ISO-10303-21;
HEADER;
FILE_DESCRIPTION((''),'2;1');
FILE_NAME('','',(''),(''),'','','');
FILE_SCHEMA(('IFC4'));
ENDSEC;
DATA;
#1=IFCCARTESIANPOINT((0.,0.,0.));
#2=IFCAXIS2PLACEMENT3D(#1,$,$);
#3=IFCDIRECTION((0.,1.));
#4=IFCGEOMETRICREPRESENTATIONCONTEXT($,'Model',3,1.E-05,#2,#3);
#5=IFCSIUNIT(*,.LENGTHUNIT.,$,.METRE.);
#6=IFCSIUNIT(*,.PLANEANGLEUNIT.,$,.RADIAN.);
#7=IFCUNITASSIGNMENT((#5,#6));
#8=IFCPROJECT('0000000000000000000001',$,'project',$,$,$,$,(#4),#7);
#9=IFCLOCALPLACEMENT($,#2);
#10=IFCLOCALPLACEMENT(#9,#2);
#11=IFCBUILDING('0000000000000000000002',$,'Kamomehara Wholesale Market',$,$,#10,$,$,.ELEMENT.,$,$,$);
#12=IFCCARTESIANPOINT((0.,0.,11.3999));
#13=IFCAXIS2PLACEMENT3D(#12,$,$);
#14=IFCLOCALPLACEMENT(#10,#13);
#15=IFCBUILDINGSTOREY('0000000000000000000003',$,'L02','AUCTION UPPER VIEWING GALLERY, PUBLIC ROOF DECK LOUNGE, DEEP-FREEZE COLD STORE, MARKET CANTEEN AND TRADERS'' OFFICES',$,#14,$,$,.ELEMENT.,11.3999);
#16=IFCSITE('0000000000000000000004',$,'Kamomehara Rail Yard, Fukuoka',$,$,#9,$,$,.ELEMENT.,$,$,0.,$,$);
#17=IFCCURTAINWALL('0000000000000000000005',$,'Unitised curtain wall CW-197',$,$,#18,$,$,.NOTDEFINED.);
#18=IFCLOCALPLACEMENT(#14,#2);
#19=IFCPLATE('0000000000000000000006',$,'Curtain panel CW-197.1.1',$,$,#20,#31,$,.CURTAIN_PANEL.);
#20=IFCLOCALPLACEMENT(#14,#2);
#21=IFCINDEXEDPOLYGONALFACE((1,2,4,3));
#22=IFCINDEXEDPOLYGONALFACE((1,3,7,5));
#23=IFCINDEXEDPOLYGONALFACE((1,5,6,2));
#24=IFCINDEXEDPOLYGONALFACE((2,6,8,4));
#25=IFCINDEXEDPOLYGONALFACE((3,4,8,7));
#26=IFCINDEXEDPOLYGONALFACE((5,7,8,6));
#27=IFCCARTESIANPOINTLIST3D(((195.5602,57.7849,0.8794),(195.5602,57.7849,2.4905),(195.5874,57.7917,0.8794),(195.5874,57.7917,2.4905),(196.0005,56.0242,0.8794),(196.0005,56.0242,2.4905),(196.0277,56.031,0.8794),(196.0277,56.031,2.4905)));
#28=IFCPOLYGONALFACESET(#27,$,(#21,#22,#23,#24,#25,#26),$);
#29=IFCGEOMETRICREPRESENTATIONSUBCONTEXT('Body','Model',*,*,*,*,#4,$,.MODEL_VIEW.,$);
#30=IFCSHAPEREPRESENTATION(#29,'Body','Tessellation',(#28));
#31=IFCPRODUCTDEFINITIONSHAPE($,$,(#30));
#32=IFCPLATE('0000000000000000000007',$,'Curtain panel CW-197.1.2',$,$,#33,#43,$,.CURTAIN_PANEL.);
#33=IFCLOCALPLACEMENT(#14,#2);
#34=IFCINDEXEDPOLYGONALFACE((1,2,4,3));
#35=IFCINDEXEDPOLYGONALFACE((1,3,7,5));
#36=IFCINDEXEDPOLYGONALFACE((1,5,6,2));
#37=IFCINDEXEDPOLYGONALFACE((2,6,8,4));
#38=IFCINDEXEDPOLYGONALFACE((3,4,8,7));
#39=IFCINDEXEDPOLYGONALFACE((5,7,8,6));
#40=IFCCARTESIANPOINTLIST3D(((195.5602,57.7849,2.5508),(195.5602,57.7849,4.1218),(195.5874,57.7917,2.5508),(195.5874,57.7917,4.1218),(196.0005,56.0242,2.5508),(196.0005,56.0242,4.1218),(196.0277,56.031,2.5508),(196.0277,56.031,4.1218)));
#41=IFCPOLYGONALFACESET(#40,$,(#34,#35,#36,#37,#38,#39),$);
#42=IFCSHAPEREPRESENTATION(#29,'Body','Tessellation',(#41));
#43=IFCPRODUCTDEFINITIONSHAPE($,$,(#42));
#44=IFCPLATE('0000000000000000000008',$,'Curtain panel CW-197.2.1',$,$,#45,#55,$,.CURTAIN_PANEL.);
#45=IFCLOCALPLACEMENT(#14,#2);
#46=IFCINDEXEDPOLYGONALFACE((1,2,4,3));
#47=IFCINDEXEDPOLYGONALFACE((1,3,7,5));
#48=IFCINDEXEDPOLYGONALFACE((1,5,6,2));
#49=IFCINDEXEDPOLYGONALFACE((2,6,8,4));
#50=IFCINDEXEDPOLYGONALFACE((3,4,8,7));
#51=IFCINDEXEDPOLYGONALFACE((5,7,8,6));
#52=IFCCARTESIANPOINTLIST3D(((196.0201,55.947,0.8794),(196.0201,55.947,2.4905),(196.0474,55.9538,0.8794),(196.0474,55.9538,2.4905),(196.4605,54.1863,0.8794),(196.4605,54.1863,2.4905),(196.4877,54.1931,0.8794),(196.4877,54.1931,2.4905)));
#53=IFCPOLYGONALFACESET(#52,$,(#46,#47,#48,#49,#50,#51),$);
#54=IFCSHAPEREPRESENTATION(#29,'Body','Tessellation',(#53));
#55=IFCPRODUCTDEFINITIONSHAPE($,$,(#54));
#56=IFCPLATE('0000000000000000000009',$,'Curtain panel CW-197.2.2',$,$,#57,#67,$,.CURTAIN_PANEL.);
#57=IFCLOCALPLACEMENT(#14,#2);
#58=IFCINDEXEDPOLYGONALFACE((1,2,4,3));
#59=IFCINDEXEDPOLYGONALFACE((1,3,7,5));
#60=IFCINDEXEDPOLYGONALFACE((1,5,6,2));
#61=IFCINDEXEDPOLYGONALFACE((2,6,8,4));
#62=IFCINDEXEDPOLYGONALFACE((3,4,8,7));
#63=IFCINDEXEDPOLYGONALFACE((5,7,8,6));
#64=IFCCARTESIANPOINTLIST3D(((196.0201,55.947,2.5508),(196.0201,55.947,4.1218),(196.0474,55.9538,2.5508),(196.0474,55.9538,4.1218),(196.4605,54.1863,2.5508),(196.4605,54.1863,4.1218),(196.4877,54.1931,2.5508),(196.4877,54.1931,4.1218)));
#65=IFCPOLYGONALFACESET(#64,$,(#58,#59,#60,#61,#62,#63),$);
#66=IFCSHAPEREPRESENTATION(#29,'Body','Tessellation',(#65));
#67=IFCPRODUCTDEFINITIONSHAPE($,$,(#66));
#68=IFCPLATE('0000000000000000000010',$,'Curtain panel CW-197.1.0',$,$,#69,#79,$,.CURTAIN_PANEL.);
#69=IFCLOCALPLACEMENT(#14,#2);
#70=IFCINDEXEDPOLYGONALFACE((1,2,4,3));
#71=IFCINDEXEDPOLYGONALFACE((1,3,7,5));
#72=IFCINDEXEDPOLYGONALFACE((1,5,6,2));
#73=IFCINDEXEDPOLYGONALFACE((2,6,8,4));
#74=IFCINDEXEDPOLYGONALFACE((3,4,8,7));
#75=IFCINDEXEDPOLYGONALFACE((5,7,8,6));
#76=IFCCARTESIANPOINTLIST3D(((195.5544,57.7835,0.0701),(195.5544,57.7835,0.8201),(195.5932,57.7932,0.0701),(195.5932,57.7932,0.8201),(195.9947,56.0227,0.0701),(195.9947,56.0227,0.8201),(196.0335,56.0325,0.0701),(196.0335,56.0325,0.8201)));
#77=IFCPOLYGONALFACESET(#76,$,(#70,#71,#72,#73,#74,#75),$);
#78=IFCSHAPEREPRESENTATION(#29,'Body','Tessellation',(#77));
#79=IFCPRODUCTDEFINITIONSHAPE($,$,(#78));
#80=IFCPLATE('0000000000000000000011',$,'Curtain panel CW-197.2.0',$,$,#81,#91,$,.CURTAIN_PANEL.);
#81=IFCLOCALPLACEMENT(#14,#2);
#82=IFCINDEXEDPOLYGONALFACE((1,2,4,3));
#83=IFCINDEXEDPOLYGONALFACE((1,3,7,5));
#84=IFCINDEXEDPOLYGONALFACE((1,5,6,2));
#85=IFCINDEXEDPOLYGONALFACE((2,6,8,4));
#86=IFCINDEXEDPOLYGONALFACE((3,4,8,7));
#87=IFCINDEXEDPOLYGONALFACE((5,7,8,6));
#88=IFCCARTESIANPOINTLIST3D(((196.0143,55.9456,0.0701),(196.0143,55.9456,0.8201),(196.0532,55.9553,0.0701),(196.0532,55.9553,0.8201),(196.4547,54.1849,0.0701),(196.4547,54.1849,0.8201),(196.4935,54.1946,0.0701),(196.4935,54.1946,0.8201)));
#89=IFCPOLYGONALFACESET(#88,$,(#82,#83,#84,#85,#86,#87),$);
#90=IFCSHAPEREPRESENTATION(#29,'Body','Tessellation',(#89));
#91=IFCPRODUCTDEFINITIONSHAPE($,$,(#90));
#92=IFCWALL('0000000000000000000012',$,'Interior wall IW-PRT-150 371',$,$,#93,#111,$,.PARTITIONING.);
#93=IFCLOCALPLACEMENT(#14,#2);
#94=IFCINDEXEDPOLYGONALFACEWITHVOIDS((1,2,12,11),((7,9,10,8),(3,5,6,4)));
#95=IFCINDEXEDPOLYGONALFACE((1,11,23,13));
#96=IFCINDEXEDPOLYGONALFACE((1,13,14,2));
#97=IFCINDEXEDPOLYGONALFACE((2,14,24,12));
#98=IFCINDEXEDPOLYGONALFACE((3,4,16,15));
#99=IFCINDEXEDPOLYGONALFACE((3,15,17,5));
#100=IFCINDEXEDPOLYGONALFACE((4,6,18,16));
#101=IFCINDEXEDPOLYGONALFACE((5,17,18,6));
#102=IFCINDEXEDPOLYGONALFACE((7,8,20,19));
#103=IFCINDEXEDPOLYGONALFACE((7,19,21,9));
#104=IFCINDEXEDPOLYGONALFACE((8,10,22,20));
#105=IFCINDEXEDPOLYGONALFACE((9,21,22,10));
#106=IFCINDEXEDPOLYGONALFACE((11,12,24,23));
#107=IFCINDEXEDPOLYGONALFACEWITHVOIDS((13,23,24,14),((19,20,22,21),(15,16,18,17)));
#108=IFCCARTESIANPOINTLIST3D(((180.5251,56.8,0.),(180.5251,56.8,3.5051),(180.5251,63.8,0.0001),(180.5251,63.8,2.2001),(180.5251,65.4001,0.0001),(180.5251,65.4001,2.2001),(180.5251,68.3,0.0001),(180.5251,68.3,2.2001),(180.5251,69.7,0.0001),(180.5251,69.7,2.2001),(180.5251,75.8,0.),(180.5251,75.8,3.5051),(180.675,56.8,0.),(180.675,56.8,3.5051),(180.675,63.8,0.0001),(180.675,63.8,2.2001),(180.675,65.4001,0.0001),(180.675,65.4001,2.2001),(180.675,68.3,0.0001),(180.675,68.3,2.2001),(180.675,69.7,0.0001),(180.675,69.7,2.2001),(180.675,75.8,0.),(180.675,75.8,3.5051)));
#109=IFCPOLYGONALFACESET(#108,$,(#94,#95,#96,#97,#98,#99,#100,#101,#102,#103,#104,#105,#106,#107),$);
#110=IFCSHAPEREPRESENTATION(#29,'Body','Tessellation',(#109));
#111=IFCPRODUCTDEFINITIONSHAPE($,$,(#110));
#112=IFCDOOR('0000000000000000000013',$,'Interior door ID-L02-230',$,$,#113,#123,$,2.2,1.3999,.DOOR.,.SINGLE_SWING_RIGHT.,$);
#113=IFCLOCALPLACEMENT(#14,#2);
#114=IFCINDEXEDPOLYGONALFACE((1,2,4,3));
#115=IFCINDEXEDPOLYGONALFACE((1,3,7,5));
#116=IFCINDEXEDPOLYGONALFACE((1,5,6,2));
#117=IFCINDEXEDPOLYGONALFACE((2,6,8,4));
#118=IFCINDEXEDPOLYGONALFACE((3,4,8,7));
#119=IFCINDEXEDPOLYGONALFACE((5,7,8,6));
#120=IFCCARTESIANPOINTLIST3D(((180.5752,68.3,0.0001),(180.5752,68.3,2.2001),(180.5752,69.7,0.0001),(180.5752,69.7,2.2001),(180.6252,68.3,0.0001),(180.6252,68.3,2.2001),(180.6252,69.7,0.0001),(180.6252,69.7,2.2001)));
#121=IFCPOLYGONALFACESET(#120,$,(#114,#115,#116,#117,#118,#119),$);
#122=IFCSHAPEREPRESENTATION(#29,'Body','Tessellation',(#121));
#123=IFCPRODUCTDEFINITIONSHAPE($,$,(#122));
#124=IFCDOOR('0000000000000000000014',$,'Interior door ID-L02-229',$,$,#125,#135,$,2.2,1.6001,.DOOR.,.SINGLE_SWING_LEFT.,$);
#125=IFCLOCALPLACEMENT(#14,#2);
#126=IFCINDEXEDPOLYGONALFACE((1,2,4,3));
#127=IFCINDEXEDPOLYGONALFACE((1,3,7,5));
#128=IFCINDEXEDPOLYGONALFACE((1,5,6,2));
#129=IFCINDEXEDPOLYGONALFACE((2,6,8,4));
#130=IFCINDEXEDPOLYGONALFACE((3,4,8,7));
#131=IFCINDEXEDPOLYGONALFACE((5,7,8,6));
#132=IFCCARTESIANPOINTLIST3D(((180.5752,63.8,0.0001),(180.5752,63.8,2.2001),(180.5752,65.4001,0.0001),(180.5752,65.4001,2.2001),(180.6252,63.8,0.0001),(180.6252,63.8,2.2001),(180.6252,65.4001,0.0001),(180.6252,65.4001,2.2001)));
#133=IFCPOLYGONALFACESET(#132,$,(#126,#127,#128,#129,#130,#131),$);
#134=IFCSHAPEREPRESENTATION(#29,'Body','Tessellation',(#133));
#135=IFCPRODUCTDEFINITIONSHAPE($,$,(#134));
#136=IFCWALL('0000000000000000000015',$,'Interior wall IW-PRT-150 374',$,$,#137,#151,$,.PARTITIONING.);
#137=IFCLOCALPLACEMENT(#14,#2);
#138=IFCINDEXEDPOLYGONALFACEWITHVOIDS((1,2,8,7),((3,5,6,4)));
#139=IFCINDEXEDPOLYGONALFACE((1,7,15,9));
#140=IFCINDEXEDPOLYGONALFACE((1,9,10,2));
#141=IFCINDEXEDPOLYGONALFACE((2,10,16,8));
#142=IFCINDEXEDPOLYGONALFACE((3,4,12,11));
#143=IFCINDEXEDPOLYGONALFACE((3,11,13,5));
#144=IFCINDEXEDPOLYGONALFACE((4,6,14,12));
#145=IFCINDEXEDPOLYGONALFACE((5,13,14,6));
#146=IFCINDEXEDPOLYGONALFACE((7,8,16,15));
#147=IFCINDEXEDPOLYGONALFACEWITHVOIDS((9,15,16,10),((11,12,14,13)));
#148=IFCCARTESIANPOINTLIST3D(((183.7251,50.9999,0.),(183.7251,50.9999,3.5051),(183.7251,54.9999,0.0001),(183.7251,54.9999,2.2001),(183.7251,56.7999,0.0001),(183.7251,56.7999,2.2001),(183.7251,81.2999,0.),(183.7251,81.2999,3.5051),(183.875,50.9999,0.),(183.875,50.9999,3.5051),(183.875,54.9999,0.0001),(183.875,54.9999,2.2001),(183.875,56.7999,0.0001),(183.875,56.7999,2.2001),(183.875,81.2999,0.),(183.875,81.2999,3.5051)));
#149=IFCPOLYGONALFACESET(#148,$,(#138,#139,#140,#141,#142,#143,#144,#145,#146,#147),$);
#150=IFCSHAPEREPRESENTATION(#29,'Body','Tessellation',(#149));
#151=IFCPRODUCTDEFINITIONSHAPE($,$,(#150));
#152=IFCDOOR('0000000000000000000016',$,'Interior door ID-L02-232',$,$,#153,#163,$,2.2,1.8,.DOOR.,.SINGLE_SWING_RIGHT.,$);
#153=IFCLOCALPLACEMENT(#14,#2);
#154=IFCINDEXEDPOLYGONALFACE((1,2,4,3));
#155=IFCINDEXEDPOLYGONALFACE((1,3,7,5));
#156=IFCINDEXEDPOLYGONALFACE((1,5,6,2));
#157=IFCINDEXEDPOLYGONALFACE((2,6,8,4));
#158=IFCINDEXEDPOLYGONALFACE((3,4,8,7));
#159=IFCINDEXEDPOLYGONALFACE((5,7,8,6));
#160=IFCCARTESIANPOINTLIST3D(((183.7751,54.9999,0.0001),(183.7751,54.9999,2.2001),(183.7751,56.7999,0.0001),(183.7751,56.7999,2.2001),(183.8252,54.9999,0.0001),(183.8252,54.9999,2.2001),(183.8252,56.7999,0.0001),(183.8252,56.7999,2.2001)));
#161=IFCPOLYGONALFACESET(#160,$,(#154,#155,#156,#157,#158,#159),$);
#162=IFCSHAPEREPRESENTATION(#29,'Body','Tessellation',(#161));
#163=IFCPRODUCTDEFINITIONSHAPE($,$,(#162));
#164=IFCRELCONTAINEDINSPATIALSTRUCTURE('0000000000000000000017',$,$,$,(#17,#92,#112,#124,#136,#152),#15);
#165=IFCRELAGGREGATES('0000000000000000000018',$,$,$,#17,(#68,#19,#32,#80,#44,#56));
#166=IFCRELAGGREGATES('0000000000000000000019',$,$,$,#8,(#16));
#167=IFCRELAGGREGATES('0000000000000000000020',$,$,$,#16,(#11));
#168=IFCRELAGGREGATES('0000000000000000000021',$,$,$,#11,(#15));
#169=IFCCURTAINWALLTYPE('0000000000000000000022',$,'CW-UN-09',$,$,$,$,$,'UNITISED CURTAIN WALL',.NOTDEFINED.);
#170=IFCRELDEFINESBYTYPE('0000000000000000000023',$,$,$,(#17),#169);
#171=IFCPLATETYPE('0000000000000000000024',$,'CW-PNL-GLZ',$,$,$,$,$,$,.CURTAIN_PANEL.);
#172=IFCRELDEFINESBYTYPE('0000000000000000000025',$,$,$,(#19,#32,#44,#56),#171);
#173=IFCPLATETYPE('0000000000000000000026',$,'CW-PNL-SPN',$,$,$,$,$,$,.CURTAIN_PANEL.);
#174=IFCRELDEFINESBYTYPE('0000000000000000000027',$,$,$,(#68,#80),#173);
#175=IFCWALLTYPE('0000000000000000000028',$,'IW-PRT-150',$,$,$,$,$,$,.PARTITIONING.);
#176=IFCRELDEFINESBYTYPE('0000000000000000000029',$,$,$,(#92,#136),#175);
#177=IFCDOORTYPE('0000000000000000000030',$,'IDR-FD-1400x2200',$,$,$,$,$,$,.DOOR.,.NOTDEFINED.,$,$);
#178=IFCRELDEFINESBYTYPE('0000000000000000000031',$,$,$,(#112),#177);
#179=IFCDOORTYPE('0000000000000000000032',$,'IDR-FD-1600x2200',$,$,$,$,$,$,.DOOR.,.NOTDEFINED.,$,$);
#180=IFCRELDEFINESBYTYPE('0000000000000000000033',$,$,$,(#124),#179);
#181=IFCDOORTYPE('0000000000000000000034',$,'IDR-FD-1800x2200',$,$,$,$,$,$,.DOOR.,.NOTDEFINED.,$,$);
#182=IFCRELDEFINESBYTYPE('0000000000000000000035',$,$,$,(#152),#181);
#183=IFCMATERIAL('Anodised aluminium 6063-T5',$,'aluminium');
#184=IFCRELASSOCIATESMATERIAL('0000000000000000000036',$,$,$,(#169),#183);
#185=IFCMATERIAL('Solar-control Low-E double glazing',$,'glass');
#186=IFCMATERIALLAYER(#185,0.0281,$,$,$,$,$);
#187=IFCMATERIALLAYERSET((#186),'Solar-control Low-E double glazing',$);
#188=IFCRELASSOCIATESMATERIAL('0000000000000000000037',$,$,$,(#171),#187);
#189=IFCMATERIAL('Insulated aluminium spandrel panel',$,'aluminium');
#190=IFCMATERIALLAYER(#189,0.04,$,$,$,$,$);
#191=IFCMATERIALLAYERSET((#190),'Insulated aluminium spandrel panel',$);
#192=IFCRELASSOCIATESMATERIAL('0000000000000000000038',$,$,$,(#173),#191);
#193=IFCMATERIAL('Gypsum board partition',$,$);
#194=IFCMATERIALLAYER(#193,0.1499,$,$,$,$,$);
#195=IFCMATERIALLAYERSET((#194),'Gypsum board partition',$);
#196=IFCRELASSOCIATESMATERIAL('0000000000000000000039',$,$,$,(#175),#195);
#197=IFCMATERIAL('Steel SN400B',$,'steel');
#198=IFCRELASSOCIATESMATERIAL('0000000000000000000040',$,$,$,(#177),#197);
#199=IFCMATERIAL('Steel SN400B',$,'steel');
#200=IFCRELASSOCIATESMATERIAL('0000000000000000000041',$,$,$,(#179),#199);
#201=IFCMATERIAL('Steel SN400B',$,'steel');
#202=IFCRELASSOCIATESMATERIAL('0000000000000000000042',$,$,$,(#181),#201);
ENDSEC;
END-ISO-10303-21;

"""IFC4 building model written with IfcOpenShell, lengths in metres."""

from ifc_helpers import new_model, si_unit, direction, frame, frame_2d, origin, origin_2d, place, context, subcontext, project, spatial, rectangle, extrude, material, layer, layer_set, type_object, element, fill, aggregate, save


model = new_model("IFC4")

# Units and contexts
model_context = context("Model", 3, precision=1e-05, world=origin(), true_north=direction((0.0, 1.0)))
body_context = subcontext(model_context, "Body", "Model", "MODEL_VIEW")
ifc_project = project(units=[si_unit("LENGTHUNIT", "METRE"), si_unit("PLANEANGLEUNIT", "RADIAN")], contexts=[model_context])

# Site, building, storey
site_placement = place(None, origin())
site = spatial("IfcSite", under=ifc_project, at=site_placement, Name="Kamomehara Rail Yard, Fukuoka", CompositionType="ELEMENT", RefElevation=0.0)
building_placement = place(site_placement, origin())
building = spatial("IfcBuilding", under=site, at=building_placement, Name="Kamomehara Wholesale Market", CompositionType="ELEMENT")
storey_placement = place(building_placement, frame((0.0, 0.0, 11.3999)))
storey = spatial("IfcBuildingStorey", under=building, at=storey_placement, Name="L02", Description="AUCTION UPPER VIEWING GALLERY, PUBLIC ROOF DECK LOUNGE, DEEP-FREEZE COLD STORE, MARKET CANTEEN AND TRADERS' OFFICES", CompositionType="ELEMENT", Elevation=11.3999)

# Curtain wall
ifc_material_1 = material(Name="Anodised aluminium 6063-T5", Category="aluminium")
curtain_wall_type = type_object("IfcCurtainWallType", Name="CW-UN-09", ElementType="UNITISED CURTAIN WALL", PredefinedType="NOTDEFINED", material=ifc_material_1)
curtain_wall_1_placement = place(storey_placement, origin())
curtain_wall_1 = element("IfcCurtainWall", 1, at=curtain_wall_1_placement, inside=storey, type_object=curtain_wall_type, Name="Unitised curtain wall CW-197", PredefinedType="NOTDEFINED")

# Plates
ifc_material_2 = material(Name="Solar-control Low-E double glazing", Category="glass")
ifc_layer_1 = layer(ifc_material_2, 0.0281)
ifc_layer_set_1 = layer_set([ifc_layer_1], Name="Solar-control Low-E double glazing")
plate_type_1 = type_object("IfcPlateType", Name="CW-PNL-GLZ", PredefinedType="CURTAIN_PANEL", material=ifc_layer_set_1)
plate_1_placement = place(storey_placement, frame((195.7939, 56.908, 0.8794), z_axis=(0.0, 0.0, 1.0), x_axis=(0.242616, -0.970122, 0.0)))
plate_1 = element("IfcPlate", 2, at=plate_1_placement, type_object=plate_type_1, Name="Curtain panel CW-197.1.1", PredefinedType="CURTAIN_PANEL", context=body_context, shape_type="SweptSolid", body=[
    extrude(rectangle(XDim=1.8149, YDim=0.0281, at=origin_2d()), origin(), (0.0, 0.0, 1.0), 1.6111),
])
plate_2_placement = place(storey_placement, frame((195.7939, 56.908, 2.5508), z_axis=(0.0, 0.0, 1.0), x_axis=(0.242616, -0.970122, 0.0)))
plate_2 = element("IfcPlate", 3, at=plate_2_placement, type_object=plate_type_1, Name="Curtain panel CW-197.1.2", PredefinedType="CURTAIN_PANEL", context=body_context, shape_type="SweptSolid", body=[
    extrude(rectangle(XDim=1.8149, YDim=0.0281, at=origin_2d()), origin(), (0.0, 0.0, 1.0), 1.571),
])
plate_3_placement = place(storey_placement, frame((196.2539, 55.0701, 0.8794), z_axis=(0.0, 0.0, 1.0), x_axis=(0.242616, -0.970122, 0.0)))
plate_3 = element("IfcPlate", 4, at=plate_3_placement, type_object=plate_type_1, Name="Curtain panel CW-197.2.1", PredefinedType="CURTAIN_PANEL", context=body_context, shape_type="SweptSolid", body=[
    extrude(rectangle(XDim=1.8149, YDim=0.0281, at=origin_2d()), origin(), (0.0, 0.0, 1.0), 1.6111),
])
plate_4_placement = place(storey_placement, frame((196.2539, 55.0701, 2.5508), z_axis=(0.0, 0.0, 1.0), x_axis=(0.242616, -0.970122, 0.0)))
plate_4 = element("IfcPlate", 5, at=plate_4_placement, type_object=plate_type_1, Name="Curtain panel CW-197.2.2", PredefinedType="CURTAIN_PANEL", context=body_context, shape_type="SweptSolid", body=[
    extrude(rectangle(XDim=1.8149, YDim=0.0281, at=origin_2d()), origin(), (0.0, 0.0, 1.0), 1.571),
])
ifc_material_3 = material(Name="Insulated aluminium spandrel panel", Category="aluminium")
ifc_layer_2 = layer(ifc_material_3, 0.04)
ifc_layer_set_2 = layer_set([ifc_layer_2], Name="Insulated aluminium spandrel panel")
plate_type_2 = type_object("IfcPlateType", Name="CW-PNL-SPN", PredefinedType="CURTAIN_PANEL", material=ifc_layer_set_2)
plate_5_placement = place(storey_placement, frame((195.7939, 56.908, 0.0701), z_axis=(0.0, 0.0, 1.0), x_axis=(0.242616, -0.970122, 0.0)))
plate_5 = element("IfcPlate", 6, at=plate_5_placement, type_object=plate_type_2, Name="Curtain panel CW-197.1.0", PredefinedType="CURTAIN_PANEL", context=body_context, shape_type="SweptSolid", body=[
    extrude(rectangle(XDim=1.8149, YDim=0.04, at=origin_2d()), origin(), (0.0, 0.0, 1.0), 0.75),
])
plate_6_placement = place(storey_placement, frame((196.2539, 55.0701, 0.0701), z_axis=(0.0, 0.0, 1.0), x_axis=(0.242616, -0.970122, 0.0)))
plate_6 = element("IfcPlate", 7, at=plate_6_placement, type_object=plate_type_2, Name="Curtain panel CW-197.2.0", PredefinedType="CURTAIN_PANEL", context=body_context, shape_type="SweptSolid", body=[
    extrude(rectangle(XDim=1.8149, YDim=0.04, at=origin_2d()), origin(), (0.0, 0.0, 1.0), 0.75),
])
aggregate(curtain_wall_1, [plate_5, plate_1, plate_2, plate_6, plate_3, plate_4])

# Wall, openings, doors
ifc_material_4 = material(Name="Gypsum board partition")
ifc_layer_3 = layer(ifc_material_4, 0.1499)
ifc_layer_set_3 = layer_set([ifc_layer_3], Name="Gypsum board partition")
wall_type = type_object("IfcWallType", Name="IW-PRT-150", PredefinedType="PARTITIONING", material=ifc_layer_set_3)
wall_1_placement = place(storey_placement, frame((180.6001, 56.8, 0.0), z_axis=(0.0, 0.0, 1.0), x_axis=(0.0, 1.0, 0.0)))
wall_1 = element("IfcWall", 8, at=wall_1_placement, inside=storey, type_object=wall_type, Name="Interior wall IW-PRT-150 371", PredefinedType="PARTITIONING", context=body_context, shape_type="SweptSolid", body=[
    extrude(rectangle(XDim=19.0, YDim=0.1499, at=frame_2d((9.5, 0.0))), origin(), (0.0, 0.0, 1.0), 3.5051),
])
opening_1_placement = place(wall_1_placement, frame((7.0, 0.0, 0.0)))
opening_1 = element("IfcOpeningElement", 9, at=opening_1_placement, cuts=wall_1, PredefinedType="OPENING", context=body_context, shape_type="SweptSolid", body=[
    extrude(rectangle(XDim=1.6001, YDim=2.2, at=frame_2d((0.8, 1.1001))), frame((0.0, 0.0898, 0.0), z_axis=(0.0, -1.0, 0.0), x_axis=(1.0, 0.0, 0.0)), (0.0, 0.0, 1.0), 0.1797),
])
opening_2_placement = place(wall_1_placement, frame((11.5, 0.0, 0.0)))
opening_2 = element("IfcOpeningElement", 10, at=opening_2_placement, cuts=wall_1, PredefinedType="OPENING", context=body_context, shape_type="SweptSolid", body=[
    extrude(rectangle(XDim=1.3999, YDim=2.2, at=frame_2d((0.7, 1.1001))), frame((0.0, 0.0898, 0.0), z_axis=(0.0, -1.0, 0.0), x_axis=(1.0, 0.0, 0.0)), (0.0, 0.0, 1.0), 0.1797),
])
ifc_material_5 = material(Name="Steel SN400B", Category="steel")
door_type_1 = type_object("IfcDoorType", Name="IDR-FD-1400x2200", OperationType="NOTDEFINED", PredefinedType="DOOR", material=ifc_material_5)
door_1_placement = place(opening_2_placement, origin())
door_1 = element("IfcDoor", 11, at=door_1_placement, inside=storey, type_object=door_type_1, Name="Interior door ID-L02-230", OperationType="SINGLE_SWING_RIGHT", OverallHeight=2.2, OverallWidth=1.3999, PredefinedType="DOOR", context=body_context, shape_type="SweptSolid", body=[
    extrude(rectangle(XDim=1.3999, YDim=2.2, at=frame_2d((0.7, 1.1001))), frame((0.0, 0.0249, 0.0), z_axis=(0.0, -1.0, 0.0), x_axis=(1.0, 0.0, 0.0)), (0.0, 0.0, 1.0), 0.05),
])
fill(opening_2, door_1)
ifc_material_6 = material(Name="Steel SN400B", Category="steel")
door_type_2 = type_object("IfcDoorType", Name="IDR-FD-1600x2200", OperationType="NOTDEFINED", PredefinedType="DOOR", material=ifc_material_6)
door_2_placement = place(opening_1_placement, origin())
door_2 = element("IfcDoor", 12, at=door_2_placement, inside=storey, type_object=door_type_2, Name="Interior door ID-L02-229", OperationType="SINGLE_SWING_LEFT", OverallHeight=2.2, OverallWidth=1.6001, PredefinedType="DOOR", context=body_context, shape_type="SweptSolid", body=[
    extrude(rectangle(XDim=1.6001, YDim=2.2, at=frame_2d((0.8, 1.1001))), frame((0.0, 0.0249, 0.0), z_axis=(0.0, -1.0, 0.0), x_axis=(1.0, 0.0, 0.0)), (0.0, 0.0, 1.0), 0.05),
])
fill(opening_1, door_2)

# Wall, opening, door
wall_2_placement = place(storey_placement, frame((183.8, 51.0, 0.0), z_axis=(0.0, 0.0, 1.0), x_axis=(0.0, 1.0, 0.0)))
wall_2 = element("IfcWall", 13, at=wall_2_placement, inside=storey, type_object=wall_type, Name="Interior wall IW-PRT-150 374", PredefinedType="PARTITIONING", context=body_context, shape_type="SweptSolid", body=[
    extrude(rectangle(XDim=30.3, YDim=0.1499, at=frame_2d((15.1499, 0.0))), origin(), (0.0, 0.0, 1.0), 3.5051),
])
opening_3_placement = place(wall_2_placement, frame((4.0, 0.0, 0.0)))
opening_3 = element("IfcOpeningElement", 14, at=opening_3_placement, cuts=wall_2, PredefinedType="OPENING", context=body_context, shape_type="SweptSolid", body=[
    extrude(rectangle(XDim=1.8, YDim=2.2, at=frame_2d((0.8999, 1.1001))), frame((0.0, 0.0898, 0.0), z_axis=(0.0, -1.0, 0.0), x_axis=(1.0, 0.0, 0.0)), (0.0, 0.0, 1.0), 0.1797),
])
ifc_material_7 = material(Name="Steel SN400B", Category="steel")
door_type_3 = type_object("IfcDoorType", Name="IDR-FD-1800x2200", OperationType="NOTDEFINED", PredefinedType="DOOR", material=ifc_material_7)
door_3_placement = place(opening_3_placement, origin())
door_3 = element("IfcDoor", 15, at=door_3_placement, inside=storey, type_object=door_type_3, Name="Interior door ID-L02-232", OperationType="SINGLE_SWING_RIGHT", OverallHeight=2.2, OverallWidth=1.8, PredefinedType="DOOR", context=body_context, shape_type="SweptSolid", body=[
    extrude(rectangle(XDim=1.8, YDim=2.2, at=frame_2d((0.8999, 1.1001))), frame((0.0, 0.0249, 0.0), z_axis=(0.0, -1.0, 0.0), x_axis=(1.0, 0.0, 0.0)), (0.0, 0.0, 1.0), 0.05),
])
fill(opening_3, door_3)

save(model, "model.ifc")
